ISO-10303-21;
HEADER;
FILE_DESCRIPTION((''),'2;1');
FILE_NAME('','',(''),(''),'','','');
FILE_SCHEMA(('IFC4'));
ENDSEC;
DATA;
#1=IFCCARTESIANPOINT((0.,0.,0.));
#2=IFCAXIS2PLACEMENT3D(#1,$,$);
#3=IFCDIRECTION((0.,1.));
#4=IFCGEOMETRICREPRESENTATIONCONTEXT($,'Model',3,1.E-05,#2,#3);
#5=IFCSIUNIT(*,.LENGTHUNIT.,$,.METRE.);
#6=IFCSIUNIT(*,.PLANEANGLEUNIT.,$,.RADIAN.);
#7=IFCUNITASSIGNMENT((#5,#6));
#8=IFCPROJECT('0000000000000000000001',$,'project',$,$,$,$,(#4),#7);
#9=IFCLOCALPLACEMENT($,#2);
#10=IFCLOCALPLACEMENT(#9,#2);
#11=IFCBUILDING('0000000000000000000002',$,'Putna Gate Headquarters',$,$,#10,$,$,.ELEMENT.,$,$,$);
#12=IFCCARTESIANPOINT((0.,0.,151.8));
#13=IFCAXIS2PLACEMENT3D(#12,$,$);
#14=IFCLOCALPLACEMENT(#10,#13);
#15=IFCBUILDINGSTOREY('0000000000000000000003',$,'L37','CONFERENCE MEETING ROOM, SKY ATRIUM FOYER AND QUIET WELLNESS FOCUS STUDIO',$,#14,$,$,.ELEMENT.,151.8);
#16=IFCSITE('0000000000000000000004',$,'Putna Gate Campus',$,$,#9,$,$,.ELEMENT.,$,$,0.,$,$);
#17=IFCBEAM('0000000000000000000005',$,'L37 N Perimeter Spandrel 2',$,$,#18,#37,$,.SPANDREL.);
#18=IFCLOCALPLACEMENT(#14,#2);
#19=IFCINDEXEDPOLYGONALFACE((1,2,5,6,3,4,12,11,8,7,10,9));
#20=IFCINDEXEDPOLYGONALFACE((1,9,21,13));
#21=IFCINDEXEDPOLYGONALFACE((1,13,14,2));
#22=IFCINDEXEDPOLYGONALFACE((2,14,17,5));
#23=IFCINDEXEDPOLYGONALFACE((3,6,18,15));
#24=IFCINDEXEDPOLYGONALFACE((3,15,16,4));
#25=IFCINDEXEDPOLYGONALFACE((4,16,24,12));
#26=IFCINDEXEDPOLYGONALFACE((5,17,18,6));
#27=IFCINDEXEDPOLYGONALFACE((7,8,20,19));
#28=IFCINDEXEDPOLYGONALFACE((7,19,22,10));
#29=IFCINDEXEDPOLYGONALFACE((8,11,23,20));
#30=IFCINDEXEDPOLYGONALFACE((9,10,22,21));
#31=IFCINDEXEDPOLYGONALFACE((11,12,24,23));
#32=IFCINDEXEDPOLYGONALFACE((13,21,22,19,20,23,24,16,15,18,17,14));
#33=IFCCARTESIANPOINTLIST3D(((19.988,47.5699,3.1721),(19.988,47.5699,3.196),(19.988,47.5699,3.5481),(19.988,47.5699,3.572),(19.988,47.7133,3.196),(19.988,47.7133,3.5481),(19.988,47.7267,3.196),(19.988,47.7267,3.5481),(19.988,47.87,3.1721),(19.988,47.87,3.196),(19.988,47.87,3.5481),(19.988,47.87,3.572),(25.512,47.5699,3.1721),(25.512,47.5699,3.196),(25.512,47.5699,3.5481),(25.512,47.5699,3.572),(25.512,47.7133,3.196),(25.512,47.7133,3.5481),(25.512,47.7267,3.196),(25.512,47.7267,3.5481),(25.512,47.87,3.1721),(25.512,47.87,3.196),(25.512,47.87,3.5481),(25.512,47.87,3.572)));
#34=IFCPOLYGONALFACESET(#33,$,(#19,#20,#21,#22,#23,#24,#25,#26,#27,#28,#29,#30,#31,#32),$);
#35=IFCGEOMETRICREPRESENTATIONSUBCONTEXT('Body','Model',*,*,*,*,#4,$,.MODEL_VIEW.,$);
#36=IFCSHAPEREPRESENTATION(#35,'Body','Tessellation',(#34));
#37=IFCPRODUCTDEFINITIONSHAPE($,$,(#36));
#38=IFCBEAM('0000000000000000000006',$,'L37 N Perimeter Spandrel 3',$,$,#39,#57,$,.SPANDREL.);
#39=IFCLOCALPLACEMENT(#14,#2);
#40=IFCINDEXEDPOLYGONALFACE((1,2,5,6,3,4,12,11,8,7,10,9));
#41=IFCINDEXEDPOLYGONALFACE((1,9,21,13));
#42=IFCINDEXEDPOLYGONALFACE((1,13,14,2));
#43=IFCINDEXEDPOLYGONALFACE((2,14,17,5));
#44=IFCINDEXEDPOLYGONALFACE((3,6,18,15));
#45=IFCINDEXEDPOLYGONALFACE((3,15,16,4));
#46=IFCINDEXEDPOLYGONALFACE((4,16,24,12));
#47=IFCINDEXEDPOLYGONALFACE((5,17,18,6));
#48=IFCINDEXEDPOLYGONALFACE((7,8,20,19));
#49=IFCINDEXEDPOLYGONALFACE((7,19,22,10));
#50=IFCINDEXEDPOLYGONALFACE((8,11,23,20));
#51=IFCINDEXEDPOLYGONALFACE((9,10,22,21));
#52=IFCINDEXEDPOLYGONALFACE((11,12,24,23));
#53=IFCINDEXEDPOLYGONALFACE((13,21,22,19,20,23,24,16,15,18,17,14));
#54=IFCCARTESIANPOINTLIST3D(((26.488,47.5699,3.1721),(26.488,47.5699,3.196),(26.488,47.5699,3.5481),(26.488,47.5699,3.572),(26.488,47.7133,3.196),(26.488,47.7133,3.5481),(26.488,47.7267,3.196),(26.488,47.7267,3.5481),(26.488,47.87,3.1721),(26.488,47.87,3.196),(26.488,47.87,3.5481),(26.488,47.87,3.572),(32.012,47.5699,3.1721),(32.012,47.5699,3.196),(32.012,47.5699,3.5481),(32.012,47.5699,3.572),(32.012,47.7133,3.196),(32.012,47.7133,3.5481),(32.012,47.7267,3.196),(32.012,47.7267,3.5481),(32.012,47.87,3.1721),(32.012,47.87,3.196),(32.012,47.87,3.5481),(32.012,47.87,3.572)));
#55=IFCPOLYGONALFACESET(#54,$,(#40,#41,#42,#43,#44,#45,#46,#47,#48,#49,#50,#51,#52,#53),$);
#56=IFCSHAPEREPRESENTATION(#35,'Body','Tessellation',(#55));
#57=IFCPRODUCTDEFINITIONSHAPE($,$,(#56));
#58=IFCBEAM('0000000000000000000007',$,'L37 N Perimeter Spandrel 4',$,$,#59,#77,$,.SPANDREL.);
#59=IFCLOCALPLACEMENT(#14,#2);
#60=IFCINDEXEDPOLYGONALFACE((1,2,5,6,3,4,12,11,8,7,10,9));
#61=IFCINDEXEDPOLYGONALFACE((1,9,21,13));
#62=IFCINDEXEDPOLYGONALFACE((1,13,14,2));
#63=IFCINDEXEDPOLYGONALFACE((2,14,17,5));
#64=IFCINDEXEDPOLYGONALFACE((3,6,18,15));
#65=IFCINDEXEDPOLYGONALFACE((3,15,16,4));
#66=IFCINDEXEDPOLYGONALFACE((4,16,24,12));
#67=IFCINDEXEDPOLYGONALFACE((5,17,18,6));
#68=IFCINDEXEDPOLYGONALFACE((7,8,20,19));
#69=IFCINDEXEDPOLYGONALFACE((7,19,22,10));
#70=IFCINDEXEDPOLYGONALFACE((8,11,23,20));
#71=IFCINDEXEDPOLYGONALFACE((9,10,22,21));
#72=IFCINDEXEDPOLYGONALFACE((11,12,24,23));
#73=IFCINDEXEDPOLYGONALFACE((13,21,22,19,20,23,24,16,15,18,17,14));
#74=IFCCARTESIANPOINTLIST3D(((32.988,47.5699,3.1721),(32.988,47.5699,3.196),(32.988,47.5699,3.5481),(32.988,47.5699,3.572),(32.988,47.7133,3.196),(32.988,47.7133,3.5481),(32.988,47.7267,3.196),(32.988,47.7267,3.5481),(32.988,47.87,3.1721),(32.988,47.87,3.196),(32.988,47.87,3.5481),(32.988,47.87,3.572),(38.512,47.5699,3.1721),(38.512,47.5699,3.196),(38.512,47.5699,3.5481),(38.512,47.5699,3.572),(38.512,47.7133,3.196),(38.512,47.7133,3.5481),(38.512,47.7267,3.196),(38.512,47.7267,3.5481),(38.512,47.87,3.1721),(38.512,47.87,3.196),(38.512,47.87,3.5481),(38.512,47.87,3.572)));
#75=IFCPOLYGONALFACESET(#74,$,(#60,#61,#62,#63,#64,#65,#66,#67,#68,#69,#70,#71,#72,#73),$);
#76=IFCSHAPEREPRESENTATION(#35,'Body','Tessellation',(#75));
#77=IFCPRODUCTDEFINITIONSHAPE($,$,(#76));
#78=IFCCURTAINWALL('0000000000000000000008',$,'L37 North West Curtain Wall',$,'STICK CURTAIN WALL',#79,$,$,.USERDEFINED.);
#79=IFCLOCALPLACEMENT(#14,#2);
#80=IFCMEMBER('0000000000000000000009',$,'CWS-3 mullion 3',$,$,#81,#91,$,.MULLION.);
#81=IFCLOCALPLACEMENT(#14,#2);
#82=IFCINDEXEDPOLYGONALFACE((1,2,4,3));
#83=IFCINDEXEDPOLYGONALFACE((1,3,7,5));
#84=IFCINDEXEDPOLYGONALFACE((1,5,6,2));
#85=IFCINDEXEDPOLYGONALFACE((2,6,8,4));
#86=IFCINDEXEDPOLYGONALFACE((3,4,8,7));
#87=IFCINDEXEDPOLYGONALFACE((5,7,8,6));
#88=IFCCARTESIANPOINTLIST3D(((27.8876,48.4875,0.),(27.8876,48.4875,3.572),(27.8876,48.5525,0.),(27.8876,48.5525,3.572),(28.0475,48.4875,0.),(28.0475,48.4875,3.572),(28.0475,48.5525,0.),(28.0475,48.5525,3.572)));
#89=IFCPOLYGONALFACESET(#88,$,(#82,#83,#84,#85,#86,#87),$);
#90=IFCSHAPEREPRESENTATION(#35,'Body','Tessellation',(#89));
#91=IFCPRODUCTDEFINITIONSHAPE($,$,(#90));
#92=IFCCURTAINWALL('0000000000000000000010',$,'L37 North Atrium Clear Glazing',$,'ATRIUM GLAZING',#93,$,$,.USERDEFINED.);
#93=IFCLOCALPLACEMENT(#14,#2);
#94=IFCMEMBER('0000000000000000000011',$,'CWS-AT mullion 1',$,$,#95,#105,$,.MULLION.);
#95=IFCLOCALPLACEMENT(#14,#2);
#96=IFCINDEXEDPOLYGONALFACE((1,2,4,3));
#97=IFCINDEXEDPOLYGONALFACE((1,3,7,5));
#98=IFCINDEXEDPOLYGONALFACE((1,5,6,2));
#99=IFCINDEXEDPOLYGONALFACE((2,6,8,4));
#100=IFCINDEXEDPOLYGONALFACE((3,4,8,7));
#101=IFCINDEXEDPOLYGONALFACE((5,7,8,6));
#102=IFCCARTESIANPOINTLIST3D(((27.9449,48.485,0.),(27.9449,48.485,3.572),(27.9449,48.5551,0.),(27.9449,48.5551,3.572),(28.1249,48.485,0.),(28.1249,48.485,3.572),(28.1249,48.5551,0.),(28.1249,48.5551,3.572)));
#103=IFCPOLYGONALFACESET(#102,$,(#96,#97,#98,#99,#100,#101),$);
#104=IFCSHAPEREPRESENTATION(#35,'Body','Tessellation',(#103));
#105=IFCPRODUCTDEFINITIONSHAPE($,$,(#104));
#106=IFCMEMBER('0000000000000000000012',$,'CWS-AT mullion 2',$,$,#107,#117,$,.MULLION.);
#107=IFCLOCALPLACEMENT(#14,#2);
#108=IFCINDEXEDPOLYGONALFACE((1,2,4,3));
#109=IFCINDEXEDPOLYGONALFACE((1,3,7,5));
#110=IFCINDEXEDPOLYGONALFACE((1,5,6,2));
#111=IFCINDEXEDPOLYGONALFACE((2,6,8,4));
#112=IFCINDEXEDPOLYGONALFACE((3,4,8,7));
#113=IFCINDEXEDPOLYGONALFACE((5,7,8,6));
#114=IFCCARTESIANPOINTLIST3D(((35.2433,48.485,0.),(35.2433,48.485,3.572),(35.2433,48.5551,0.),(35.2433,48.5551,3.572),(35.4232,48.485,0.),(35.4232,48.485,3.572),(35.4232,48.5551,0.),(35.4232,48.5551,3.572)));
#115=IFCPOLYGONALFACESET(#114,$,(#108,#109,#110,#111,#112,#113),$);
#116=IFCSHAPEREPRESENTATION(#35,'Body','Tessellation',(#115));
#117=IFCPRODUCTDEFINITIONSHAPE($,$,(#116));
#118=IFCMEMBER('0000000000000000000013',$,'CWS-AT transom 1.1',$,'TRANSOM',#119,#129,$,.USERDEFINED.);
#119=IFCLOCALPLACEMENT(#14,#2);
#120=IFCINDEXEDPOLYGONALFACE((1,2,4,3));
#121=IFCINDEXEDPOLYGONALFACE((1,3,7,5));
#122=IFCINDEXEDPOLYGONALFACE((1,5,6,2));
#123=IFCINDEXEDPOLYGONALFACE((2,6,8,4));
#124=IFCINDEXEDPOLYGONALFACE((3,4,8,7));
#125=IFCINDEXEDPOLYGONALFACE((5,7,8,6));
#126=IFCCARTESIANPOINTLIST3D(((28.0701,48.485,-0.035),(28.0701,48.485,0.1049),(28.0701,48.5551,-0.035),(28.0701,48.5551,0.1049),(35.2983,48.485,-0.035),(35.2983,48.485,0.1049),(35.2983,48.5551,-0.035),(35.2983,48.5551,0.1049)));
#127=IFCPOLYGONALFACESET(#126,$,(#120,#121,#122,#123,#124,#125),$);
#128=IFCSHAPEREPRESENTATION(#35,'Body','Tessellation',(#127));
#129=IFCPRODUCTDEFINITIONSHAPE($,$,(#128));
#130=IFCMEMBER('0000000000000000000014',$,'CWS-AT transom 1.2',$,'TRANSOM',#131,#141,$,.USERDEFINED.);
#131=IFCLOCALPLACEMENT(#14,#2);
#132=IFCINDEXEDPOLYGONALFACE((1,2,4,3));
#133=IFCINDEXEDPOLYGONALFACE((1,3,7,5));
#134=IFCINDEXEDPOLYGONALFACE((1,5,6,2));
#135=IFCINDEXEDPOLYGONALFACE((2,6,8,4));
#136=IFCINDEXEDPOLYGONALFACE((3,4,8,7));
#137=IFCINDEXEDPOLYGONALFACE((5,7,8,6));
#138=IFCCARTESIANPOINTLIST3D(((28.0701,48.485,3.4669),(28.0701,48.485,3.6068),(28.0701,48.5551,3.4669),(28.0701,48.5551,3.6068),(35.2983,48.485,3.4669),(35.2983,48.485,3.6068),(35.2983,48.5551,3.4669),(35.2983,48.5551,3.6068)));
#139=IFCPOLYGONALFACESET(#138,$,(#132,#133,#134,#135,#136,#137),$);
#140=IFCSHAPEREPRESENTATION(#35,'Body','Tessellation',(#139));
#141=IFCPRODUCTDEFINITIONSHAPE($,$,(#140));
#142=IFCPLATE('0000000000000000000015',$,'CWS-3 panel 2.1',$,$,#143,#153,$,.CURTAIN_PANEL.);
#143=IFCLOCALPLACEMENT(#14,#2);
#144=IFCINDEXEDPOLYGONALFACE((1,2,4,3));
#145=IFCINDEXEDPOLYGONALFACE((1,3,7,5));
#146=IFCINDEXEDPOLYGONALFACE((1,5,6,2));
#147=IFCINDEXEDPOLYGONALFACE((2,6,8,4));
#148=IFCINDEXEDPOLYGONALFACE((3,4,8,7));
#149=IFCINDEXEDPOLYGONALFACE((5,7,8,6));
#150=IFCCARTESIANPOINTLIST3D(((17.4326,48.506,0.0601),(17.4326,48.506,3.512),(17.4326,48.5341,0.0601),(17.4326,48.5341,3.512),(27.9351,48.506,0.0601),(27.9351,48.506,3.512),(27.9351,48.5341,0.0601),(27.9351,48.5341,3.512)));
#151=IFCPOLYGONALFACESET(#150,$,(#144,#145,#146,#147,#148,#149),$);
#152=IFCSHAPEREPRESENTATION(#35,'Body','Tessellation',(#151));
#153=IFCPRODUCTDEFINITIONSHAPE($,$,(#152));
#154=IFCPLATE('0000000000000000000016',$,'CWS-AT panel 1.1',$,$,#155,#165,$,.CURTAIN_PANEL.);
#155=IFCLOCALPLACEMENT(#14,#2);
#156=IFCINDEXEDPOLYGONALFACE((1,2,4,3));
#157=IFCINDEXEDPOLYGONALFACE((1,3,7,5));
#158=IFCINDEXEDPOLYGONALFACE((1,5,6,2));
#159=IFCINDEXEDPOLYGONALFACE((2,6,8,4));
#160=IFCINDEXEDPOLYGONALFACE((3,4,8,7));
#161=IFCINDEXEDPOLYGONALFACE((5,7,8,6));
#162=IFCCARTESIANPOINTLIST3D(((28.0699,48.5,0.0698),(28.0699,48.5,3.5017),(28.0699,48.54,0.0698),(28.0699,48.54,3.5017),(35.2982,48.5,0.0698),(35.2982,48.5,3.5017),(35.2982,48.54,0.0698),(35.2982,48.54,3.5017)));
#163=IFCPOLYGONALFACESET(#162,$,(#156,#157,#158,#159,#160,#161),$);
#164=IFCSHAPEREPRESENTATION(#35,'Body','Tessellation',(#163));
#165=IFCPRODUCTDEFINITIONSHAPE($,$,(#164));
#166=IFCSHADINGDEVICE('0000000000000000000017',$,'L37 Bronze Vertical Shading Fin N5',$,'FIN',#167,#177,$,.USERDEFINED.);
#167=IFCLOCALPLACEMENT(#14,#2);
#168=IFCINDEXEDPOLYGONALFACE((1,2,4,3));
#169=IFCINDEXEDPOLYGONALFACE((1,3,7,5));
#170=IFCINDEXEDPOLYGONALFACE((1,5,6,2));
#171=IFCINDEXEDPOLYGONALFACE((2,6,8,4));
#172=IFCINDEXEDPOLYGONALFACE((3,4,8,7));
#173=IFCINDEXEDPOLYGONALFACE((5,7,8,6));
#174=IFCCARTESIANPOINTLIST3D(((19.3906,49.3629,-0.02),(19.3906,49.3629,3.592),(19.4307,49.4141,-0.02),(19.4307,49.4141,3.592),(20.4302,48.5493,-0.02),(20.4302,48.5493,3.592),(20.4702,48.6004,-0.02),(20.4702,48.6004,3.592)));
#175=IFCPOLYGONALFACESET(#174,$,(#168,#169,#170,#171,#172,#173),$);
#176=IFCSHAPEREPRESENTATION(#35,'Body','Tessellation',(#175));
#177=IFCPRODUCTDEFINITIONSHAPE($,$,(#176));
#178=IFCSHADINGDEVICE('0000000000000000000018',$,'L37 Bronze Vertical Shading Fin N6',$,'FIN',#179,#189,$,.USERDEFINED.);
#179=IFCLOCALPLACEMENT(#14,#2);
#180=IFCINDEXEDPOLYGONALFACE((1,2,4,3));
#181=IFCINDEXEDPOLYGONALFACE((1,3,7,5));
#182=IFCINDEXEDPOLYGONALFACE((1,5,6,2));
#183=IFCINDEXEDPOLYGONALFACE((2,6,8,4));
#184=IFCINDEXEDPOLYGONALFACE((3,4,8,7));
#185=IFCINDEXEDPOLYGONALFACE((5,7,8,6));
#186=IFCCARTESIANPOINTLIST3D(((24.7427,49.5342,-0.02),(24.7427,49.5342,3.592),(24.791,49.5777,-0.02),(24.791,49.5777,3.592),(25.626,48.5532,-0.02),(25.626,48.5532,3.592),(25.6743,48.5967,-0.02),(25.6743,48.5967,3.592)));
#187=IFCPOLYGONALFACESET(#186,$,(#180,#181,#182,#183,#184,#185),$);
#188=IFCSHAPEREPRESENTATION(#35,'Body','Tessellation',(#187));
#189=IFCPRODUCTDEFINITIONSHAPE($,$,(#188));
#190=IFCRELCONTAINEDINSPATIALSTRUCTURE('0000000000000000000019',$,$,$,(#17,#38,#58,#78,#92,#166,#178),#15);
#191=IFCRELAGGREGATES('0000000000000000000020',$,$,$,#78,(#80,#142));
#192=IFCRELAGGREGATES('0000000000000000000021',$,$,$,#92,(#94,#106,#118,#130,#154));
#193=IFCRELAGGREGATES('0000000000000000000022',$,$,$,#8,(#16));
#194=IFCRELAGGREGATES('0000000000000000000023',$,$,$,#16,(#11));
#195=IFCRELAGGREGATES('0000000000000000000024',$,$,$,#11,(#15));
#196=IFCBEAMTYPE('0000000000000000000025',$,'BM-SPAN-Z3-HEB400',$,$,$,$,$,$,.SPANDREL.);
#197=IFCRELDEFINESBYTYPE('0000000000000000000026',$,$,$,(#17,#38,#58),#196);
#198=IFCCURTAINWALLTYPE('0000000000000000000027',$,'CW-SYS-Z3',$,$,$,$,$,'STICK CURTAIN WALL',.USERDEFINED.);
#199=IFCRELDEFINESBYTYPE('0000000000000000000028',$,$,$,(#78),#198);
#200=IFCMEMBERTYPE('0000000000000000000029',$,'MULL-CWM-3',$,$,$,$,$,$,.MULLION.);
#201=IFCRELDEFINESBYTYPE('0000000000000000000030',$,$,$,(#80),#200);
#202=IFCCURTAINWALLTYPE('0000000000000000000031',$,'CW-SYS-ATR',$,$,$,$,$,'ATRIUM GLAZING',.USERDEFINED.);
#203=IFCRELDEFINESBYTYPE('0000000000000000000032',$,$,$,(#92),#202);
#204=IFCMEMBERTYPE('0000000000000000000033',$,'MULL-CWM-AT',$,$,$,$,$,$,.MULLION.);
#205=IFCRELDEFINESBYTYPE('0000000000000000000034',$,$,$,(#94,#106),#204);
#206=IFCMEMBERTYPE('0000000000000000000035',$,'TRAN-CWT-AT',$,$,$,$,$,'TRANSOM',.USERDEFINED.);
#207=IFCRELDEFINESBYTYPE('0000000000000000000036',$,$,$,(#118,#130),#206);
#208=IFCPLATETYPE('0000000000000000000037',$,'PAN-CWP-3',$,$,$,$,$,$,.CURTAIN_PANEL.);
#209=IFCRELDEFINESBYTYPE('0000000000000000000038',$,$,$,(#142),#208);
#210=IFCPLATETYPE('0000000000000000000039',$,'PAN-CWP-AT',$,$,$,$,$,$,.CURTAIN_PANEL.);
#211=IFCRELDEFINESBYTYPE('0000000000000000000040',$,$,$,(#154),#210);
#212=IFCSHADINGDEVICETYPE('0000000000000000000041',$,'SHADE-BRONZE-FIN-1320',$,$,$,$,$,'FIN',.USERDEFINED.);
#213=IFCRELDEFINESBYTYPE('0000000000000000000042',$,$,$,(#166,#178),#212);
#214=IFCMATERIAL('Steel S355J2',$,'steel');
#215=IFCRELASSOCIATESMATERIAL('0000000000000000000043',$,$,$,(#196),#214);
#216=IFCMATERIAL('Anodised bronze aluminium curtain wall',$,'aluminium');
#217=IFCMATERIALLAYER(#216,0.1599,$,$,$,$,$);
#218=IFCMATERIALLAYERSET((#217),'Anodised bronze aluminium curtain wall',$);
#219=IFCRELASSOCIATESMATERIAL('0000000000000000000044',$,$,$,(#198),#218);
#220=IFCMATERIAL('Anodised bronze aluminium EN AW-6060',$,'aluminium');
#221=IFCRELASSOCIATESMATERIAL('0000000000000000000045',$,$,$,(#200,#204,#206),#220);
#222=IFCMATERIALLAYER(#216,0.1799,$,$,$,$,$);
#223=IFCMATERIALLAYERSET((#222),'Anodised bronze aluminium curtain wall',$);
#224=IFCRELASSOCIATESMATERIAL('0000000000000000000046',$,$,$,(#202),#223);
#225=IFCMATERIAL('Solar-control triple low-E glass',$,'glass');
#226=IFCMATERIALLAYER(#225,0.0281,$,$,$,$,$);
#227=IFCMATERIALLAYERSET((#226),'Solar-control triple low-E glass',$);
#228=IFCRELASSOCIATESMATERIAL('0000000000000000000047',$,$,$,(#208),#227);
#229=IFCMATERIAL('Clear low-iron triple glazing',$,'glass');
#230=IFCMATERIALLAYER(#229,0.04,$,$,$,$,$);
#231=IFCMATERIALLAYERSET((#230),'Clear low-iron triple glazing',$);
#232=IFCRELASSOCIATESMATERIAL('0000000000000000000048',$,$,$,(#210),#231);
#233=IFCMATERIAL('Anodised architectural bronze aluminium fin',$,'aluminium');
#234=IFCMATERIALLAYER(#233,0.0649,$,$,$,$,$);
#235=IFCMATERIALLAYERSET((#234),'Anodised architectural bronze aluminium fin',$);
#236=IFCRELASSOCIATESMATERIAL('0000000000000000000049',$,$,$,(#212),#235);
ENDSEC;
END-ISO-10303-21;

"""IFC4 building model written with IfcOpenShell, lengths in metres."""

from ifc_helpers import new_model, si_unit, direction, frame, origin, origin_2d, place, context, subcontext, project, spatial, rectangle, i_section, extrude, material, layer, layer_set, material_profile, profile_set, type_object, element, aggregate, save


model = new_model("IFC4")

# Units and contexts
model_context = context("Model", 3, precision=1e-05, world=origin(), true_north=direction((0.0, 1.0)))
body_context = subcontext(model_context, "Body", "Model", "MODEL_VIEW")
ifc_project = project(units=[si_unit("LENGTHUNIT", "METRE"), si_unit("PLANEANGLEUNIT", "RADIAN")], contexts=[model_context])

# Site, building, storey
site_placement = place(None, origin())
site = spatial("IfcSite", under=ifc_project, at=site_placement, Name="Putna Gate Campus", CompositionType="ELEMENT", RefElevation=0.0)
building_placement = place(site_placement, origin())
building = spatial("IfcBuilding", under=site, at=building_placement, Name="Putna Gate Headquarters", CompositionType="ELEMENT")
storey_placement = place(building_placement, frame((0.0, 0.0, 151.8)))
storey = spatial("IfcBuildingStorey", under=building, at=storey_placement, Name="L37", Description="CONFERENCE MEETING ROOM, SKY ATRIUM FOYER AND QUIET WELLNESS FOCUS STUDIO", CompositionType="ELEMENT", Elevation=151.8)

# Beams
ifc_material_1 = material(Name="Steel S355J2", Category="steel")
ifc_material_profile_1 = material_profile(ifc_material_1, i_section(OverallWidth=0.3, OverallDepth=0.3999, WebThickness=0.0134, FlangeThickness=0.0239, at=origin_2d()), Name="Steel S355J2")
ifc_profile_set_1 = profile_set([ifc_material_profile_1], Name="Steel S355J2")
beam_type_1 = type_object("IfcBeamType", Name="BM-SPAN-Z3-HEB400", PredefinedType="SPANDREL", material=ifc_profile_set_1)
for number, where, z_axis, x_axis, name in (
    (1, (19.988, 47.72, 3.3721), (1.0, 0.0, 0.0), (0.0, 1.0, 0.0), "L37 N Perimeter Spandrel 2"),
    (2, (26.488, 47.72, 3.3721), (1.0, 0.0, 0.0), (0.0, 1.0, 0.0), "L37 N Perimeter Spandrel 3"),
    (3, (32.988, 47.72, 3.3721), (1.0, 0.0, 0.0), (0.0, 1.0, 0.0), "L37 N Perimeter Spandrel 4"),
):
    element("IfcBeam", number, at=place(storey_placement, frame(where, z_axis=z_axis, x_axis=x_axis)), inside=storey, type_object=beam_type_1, Name=name, PredefinedType="SPANDREL", context=body_context, shape_type="SweptSolid", body=[
        extrude(i_section(OverallWidth=0.3, OverallDepth=0.3999, WebThickness=0.0134, FlangeThickness=0.0239, at=origin_2d()), origin(), (0.0, 0.0, 1.0), 5.5239),
    ])

# Curtain wall, member
ifc_material_2 = material(Name="Anodised bronze aluminium curtain wall", Category="aluminium")
ifc_layer_1 = layer(ifc_material_2, 0.1599)
ifc_layer_set_1 = layer_set([ifc_layer_1], Name="Anodised bronze aluminium curtain wall")
curtain_wall_type_1 = type_object("IfcCurtainWallType", Name="CW-SYS-Z3", ElementType="STICK CURTAIN WALL", PredefinedType="USERDEFINED", material=ifc_layer_set_1)
curtain_wall_1_placement = place(storey_placement, origin())
curtain_wall_1 = element("IfcCurtainWall", 4, at=curtain_wall_1_placement, inside=storey, type_object=curtain_wall_type_1, Name="L37 North West Curtain Wall", ObjectType="STICK CURTAIN WALL", PredefinedType="USERDEFINED")
ifc_material_3 = material(Name="Anodised bronze aluminium EN AW-6060", Category="aluminium")
ifc_material_profile_2 = material_profile(ifc_material_3, rectangle(XDim=0.0649, YDim=0.1599, at=origin_2d()), Name="Anodised bronze aluminium EN AW-6060")
ifc_profile_set_2 = profile_set([ifc_material_profile_2], Name="Anodised bronze aluminium EN AW-6060")
member_type_1 = type_object("IfcMemberType", Name="MULL-CWM-3", PredefinedType="MULLION", material=ifc_profile_set_2)
member_1_placement = place(storey_placement, frame((27.9675, 48.52, 0.0), z_axis=(0.0, 0.0, 1.0), x_axis=(0.0, 1.0, 0.0)))
member_1 = element("IfcMember", 5, at=member_1_placement, type_object=member_type_1, Name="CWS-3 mullion 3", PredefinedType="MULLION", context=body_context, shape_type="SweptSolid", body=[
    extrude(rectangle(XDim=0.0649, YDim=0.1599, at=origin_2d()), origin(), (0.0, 0.0, 1.0), 3.572),
])

# Curtain wall, members
ifc_layer_2 = layer(ifc_material_2, 0.1799)
ifc_layer_set_2 = layer_set([ifc_layer_2], Name="Anodised bronze aluminium curtain wall")
curtain_wall_type_2 = type_object("IfcCurtainWallType", Name="CW-SYS-ATR", ElementType="ATRIUM GLAZING", PredefinedType="USERDEFINED", material=ifc_layer_set_2)
curtain_wall_2_placement = place(storey_placement, origin())
curtain_wall_2 = element("IfcCurtainWall", 6, at=curtain_wall_2_placement, inside=storey, type_object=curtain_wall_type_2, Name="L37 North Atrium Clear Glazing", ObjectType="ATRIUM GLAZING", PredefinedType="USERDEFINED")
ifc_material_profile_3 = material_profile(ifc_material_3, rectangle(XDim=0.0701, YDim=0.1799, at=origin_2d()), Name="Anodised bronze aluminium EN AW-6060")
ifc_profile_set_3 = profile_set([ifc_material_profile_3], Name="Anodised bronze aluminium EN AW-6060")
member_type_2 = type_object("IfcMemberType", Name="MULL-CWM-AT", PredefinedType="MULLION", material=ifc_profile_set_3)
member_2_placement = place(storey_placement, frame((28.0349, 48.52, 0.0), z_axis=(0.0, 0.0, 1.0), x_axis=(0.0, 1.0, 0.0)))
member_2 = element("IfcMember", 7, at=member_2_placement, type_object=member_type_2, Name="CWS-AT mullion 1", PredefinedType="MULLION", context=body_context, shape_type="SweptSolid", body=[
    extrude(rectangle(XDim=0.0701, YDim=0.1799, at=origin_2d()), origin(), (0.0, 0.0, 1.0), 3.572),
])
member_3_placement = place(storey_placement, frame((35.3333, 48.52, 0.0), z_axis=(0.0, 0.0, 1.0), x_axis=(0.0, 1.0, 0.0)))
member_3 = element("IfcMember", 8, at=member_3_placement, type_object=member_type_2, Name="CWS-AT mullion 2", PredefinedType="MULLION", context=body_context, shape_type="SweptSolid", body=[
    extrude(rectangle(XDim=0.0701, YDim=0.1799, at=origin_2d()), origin(), (0.0, 0.0, 1.0), 3.572),
])
ifc_material_profile_4 = material_profile(ifc_material_3, rectangle(XDim=0.0701, YDim=0.1399, at=origin_2d()), Name="Anodised bronze aluminium EN AW-6060")
ifc_profile_set_4 = profile_set([ifc_material_profile_4], Name="Anodised bronze aluminium EN AW-6060")
member_type_3 = type_object("IfcMemberType", Name="TRAN-CWT-AT", ElementType="TRANSOM", PredefinedType="USERDEFINED", material=ifc_profile_set_4)
member_4_placement = place(storey_placement, frame((28.0701, 48.52, 0.0349), z_axis=(1.0, 0.0, 0.0), x_axis=(0.0, 1.0, 0.0)))
member_4 = element("IfcMember", 9, at=member_4_placement, type_object=member_type_3, Name="CWS-AT transom 1.1", ObjectType="TRANSOM", PredefinedType="USERDEFINED", context=body_context, shape_type="SweptSolid", body=[
    extrude(rectangle(XDim=0.0701, YDim=0.1399, at=origin_2d()), origin(), (0.0, 0.0, 1.0), 7.2283),
])
member_5_placement = place(storey_placement, frame((28.0701, 48.52, 3.5369), z_axis=(1.0, 0.0, 0.0), x_axis=(0.0, 1.0, 0.0)))
member_5 = element("IfcMember", 10, at=member_5_placement, type_object=member_type_3, Name="CWS-AT transom 1.2", ObjectType="TRANSOM", PredefinedType="USERDEFINED", context=body_context, shape_type="SweptSolid", body=[
    extrude(rectangle(XDim=0.0701, YDim=0.1399, at=origin_2d()), origin(), (0.0, 0.0, 1.0), 7.2283),
])

# Plates
ifc_material_4 = material(Name="Solar-control triple low-E glass", Category="glass")
ifc_layer_3 = layer(ifc_material_4, 0.0281)
ifc_layer_set_3 = layer_set([ifc_layer_3], Name="Solar-control triple low-E glass")
plate_type_1 = type_object("IfcPlateType", Name="PAN-CWP-3", PredefinedType="CURTAIN_PANEL", material=ifc_layer_set_3)
plate_1_placement = place(storey_placement, frame((22.6838, 48.52, 0.0601), z_axis=(0.0, 0.0, 1.0), x_axis=(1.0, 0.0, 0.0)))
plate_1 = element("IfcPlate", 11, at=plate_1_placement, type_object=plate_type_1, Name="CWS-3 panel 2.1", PredefinedType="CURTAIN_PANEL", context=body_context, shape_type="SweptSolid", body=[
    extrude(rectangle(XDim=10.5024, YDim=0.0281, at=origin_2d()), origin(), (0.0, 0.0, 1.0), 3.4519),
])
aggregate(curtain_wall_1, [member_1, plate_1])
ifc_material_5 = material(Name="Clear low-iron triple glazing", Category="glass")
ifc_layer_4 = layer(ifc_material_5, 0.04)
ifc_layer_set_4 = layer_set([ifc_layer_4], Name="Clear low-iron triple glazing")
plate_type_2 = type_object("IfcPlateType", Name="PAN-CWP-AT", PredefinedType="CURTAIN_PANEL", material=ifc_layer_set_4)
plate_2_placement = place(storey_placement, frame((31.6841, 48.52, 0.0698), z_axis=(0.0, 0.0, 1.0), x_axis=(1.0, 0.0, 0.0)))
plate_2 = element("IfcPlate", 12, at=plate_2_placement, type_object=plate_type_2, Name="CWS-AT panel 1.1", PredefinedType="CURTAIN_PANEL", context=body_context, shape_type="SweptSolid", body=[
    extrude(rectangle(XDim=7.2283, YDim=0.04, at=origin_2d()), origin(), (0.0, 0.0, 1.0), 3.4319),
])
aggregate(curtain_wall_2, [member_2, member_3, member_4, member_5, plate_2])

# Shading devices
ifc_material_6 = material(Name="Anodised architectural bronze aluminium fin", Category="aluminium")
ifc_layer_5 = layer(ifc_material_6, 0.0649)
ifc_layer_set_5 = layer_set([ifc_layer_5], Name="Anodised architectural bronze aluminium fin")
shading_device_type = type_object("IfcShadingDeviceType", Name="SHADE-BRONZE-FIN-1320", ElementType="FIN", PredefinedType="USERDEFINED", material=ifc_layer_set_5)
for number, where, z_axis, x_axis, name in (
    (13, (19.9304, 48.9817, -0.02), (0.0, 0.0, 1.0), (-0.787473, 0.616349, 0.0), "L37 Bronze Vertical Shading Fin N5"),
    (14, (25.2085, 49.0654, -0.02), (0.0, 0.0, 1.0), (-0.669131, 0.743145, 0.0), "L37 Bronze Vertical Shading Fin N6"),
):
    element("IfcShadingDevice", number, at=place(storey_placement, frame(where, z_axis=z_axis, x_axis=x_axis)), inside=storey, type_object=shading_device_type, Name=name, ObjectType="FIN", PredefinedType="USERDEFINED", context=body_context, shape_type="SweptSolid", body=[
        extrude(rectangle(XDim=1.3201, YDim=0.0649, at=origin_2d()), origin(), (0.0, 0.0, 1.0), 3.6121),
    ])

save(model, "model.ifc")
